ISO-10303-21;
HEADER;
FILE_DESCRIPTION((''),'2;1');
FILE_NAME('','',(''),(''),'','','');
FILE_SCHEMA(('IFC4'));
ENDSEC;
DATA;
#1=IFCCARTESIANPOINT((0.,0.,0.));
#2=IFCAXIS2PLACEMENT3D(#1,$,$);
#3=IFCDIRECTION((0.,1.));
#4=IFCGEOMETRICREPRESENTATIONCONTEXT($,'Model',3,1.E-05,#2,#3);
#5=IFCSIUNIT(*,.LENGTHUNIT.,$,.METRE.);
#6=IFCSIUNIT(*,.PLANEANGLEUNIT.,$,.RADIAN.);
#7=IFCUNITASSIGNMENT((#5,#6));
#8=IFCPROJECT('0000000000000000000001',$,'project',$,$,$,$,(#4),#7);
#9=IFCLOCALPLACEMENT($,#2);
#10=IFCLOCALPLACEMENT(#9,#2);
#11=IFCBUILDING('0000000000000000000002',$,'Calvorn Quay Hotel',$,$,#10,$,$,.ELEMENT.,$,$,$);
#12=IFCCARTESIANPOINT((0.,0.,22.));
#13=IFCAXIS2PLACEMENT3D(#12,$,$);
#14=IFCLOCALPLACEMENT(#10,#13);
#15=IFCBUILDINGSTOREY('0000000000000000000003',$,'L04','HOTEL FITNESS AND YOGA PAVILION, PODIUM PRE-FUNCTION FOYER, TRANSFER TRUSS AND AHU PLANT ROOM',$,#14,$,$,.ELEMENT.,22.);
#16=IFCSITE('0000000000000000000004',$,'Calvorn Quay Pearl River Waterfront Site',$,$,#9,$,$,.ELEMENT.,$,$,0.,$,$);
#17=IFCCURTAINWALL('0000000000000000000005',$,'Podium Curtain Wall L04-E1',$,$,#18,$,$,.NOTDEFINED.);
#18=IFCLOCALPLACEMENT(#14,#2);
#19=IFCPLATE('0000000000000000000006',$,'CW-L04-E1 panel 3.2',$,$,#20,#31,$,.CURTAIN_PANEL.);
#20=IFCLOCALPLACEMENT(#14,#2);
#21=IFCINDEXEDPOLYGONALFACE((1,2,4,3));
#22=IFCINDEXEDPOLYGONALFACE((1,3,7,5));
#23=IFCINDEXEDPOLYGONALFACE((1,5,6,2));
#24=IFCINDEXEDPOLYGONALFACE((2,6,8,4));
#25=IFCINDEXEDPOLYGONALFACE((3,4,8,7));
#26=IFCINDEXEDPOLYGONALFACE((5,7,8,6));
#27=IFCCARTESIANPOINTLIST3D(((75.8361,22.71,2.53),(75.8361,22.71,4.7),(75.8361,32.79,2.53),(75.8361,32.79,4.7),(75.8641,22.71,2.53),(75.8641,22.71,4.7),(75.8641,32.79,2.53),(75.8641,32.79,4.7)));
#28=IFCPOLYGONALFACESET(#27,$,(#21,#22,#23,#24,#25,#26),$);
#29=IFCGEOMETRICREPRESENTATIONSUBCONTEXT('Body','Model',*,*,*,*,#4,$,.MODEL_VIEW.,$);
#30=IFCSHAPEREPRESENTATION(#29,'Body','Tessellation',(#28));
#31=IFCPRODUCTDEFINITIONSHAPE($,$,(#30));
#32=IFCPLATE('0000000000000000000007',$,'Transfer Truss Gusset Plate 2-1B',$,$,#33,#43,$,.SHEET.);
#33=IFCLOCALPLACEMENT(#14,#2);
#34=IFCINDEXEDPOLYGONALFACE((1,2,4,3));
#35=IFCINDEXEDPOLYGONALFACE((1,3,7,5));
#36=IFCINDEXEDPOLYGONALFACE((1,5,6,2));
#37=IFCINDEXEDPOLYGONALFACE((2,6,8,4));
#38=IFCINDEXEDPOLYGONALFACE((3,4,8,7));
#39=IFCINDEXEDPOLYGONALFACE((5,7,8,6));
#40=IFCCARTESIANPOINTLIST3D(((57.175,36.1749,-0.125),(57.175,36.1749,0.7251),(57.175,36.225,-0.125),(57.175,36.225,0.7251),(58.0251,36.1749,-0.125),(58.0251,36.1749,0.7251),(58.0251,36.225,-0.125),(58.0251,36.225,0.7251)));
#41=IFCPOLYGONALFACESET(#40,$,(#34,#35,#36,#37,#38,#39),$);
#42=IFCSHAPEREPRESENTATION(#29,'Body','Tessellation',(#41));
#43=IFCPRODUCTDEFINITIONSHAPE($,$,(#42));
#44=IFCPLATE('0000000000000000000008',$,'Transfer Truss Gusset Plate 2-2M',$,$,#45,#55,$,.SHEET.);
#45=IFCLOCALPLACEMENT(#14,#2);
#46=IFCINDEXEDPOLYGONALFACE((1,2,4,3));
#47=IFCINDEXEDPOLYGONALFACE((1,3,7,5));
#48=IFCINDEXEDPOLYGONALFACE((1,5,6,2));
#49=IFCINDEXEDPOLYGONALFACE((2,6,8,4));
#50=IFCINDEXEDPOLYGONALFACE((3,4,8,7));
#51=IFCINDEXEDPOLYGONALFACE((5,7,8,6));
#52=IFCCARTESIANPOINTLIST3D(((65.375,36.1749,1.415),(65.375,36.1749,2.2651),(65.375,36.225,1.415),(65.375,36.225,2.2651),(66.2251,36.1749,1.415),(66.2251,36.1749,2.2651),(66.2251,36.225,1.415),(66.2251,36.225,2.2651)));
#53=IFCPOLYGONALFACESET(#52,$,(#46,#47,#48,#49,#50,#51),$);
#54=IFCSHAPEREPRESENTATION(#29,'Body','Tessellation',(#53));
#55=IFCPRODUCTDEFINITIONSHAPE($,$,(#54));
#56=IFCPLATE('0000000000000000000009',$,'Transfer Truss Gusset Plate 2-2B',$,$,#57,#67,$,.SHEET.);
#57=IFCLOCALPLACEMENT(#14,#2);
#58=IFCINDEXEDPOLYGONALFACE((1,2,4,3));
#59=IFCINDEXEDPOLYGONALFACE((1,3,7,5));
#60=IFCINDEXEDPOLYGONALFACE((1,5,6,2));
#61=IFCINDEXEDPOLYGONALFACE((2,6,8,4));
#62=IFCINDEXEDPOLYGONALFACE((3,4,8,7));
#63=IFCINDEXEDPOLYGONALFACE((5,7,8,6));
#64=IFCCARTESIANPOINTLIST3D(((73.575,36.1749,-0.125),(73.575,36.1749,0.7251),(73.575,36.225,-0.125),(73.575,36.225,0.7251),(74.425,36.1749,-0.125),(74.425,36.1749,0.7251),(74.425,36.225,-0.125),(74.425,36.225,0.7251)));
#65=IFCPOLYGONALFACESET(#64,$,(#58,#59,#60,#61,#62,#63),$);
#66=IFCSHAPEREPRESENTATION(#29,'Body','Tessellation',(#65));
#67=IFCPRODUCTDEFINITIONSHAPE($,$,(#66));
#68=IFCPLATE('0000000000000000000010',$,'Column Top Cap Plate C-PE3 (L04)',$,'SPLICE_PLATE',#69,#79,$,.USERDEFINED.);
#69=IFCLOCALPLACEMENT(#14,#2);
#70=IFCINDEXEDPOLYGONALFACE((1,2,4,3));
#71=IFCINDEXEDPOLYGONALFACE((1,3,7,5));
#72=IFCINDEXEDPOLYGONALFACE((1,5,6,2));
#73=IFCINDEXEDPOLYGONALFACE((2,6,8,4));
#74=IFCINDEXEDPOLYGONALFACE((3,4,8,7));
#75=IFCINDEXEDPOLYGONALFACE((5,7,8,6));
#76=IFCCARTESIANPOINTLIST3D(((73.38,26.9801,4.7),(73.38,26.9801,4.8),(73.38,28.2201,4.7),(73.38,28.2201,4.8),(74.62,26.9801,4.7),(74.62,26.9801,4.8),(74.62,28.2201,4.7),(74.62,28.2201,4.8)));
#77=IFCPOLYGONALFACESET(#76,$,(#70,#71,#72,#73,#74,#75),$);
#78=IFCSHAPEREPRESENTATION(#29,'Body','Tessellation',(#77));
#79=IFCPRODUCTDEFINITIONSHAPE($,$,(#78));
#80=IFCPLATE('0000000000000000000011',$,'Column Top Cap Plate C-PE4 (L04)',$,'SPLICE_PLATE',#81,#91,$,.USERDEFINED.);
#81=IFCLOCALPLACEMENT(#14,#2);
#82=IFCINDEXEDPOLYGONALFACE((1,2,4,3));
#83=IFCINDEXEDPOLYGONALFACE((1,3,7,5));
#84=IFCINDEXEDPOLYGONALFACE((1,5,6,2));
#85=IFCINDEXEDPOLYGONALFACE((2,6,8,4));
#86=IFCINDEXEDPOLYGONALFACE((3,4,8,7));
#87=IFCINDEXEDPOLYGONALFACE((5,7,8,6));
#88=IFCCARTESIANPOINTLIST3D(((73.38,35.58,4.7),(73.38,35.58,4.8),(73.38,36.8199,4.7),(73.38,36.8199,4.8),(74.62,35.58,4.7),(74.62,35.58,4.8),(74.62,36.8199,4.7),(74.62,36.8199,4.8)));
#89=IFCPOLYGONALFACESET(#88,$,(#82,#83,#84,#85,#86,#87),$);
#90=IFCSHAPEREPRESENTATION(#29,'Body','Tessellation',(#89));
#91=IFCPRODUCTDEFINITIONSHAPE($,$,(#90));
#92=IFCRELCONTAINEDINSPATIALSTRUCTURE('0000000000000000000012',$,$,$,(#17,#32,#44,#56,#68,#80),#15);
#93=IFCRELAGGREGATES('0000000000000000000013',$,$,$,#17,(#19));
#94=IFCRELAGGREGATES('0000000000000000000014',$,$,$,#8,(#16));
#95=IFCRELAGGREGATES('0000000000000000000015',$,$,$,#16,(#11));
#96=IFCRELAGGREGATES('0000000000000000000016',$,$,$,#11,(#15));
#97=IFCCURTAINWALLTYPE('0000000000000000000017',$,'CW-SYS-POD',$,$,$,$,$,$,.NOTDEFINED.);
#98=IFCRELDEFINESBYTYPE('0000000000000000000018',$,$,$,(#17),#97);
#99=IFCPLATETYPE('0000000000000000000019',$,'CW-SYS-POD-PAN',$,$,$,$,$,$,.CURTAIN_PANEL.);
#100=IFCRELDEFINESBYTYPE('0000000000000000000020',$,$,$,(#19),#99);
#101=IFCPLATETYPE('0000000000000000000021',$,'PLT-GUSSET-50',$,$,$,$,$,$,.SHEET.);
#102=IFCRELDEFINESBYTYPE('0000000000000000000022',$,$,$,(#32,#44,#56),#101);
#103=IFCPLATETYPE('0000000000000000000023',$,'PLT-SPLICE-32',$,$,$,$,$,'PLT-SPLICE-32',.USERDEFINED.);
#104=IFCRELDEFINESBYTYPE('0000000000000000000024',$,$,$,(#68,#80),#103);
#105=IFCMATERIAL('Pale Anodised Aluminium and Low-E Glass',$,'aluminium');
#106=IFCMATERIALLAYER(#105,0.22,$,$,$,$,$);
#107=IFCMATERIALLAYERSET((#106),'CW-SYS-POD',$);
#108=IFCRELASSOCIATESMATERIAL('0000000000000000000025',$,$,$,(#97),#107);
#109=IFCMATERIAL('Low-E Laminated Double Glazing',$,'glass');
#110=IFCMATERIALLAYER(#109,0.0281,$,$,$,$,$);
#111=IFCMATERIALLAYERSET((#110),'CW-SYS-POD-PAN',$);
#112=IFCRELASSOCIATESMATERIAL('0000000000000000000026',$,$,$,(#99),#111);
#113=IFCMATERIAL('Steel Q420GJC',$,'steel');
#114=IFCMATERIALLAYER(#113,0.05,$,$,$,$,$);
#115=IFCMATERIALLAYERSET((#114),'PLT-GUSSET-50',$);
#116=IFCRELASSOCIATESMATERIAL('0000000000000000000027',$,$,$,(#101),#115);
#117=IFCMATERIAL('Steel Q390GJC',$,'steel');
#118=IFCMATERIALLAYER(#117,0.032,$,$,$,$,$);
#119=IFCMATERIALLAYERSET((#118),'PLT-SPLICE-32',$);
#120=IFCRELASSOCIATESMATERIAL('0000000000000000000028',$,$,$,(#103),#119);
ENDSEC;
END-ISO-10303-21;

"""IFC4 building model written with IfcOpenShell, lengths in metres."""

from ifc_helpers import new_model, si_unit, direction, frame, origin, origin_2d, place, context, subcontext, project, spatial, rectangle, extrude, material, layer, layer_set, type_object, element, aggregate, save


model = new_model("IFC4")

# Units and contexts
model_context = context("Model", 3, precision=1e-05, world=origin(), true_north=direction((0.0, 1.0)))
body_context = subcontext(model_context, "Body", "Model", "MODEL_VIEW")
ifc_project = project(units=[si_unit("LENGTHUNIT", "METRE"), si_unit("PLANEANGLEUNIT", "RADIAN")], contexts=[model_context])

# Site, building, storey
site_placement = place(None, origin())
site = spatial("IfcSite", under=ifc_project, at=site_placement, Name="Calvorn Quay Pearl River Waterfront Site", CompositionType="ELEMENT", RefElevation=0.0)
building_placement = place(site_placement, origin())
building = spatial("IfcBuilding", under=site, at=building_placement, Name="Calvorn Quay Hotel", CompositionType="ELEMENT")
storey_placement = place(building_placement, frame((0.0, 0.0, 22.0)))
storey = spatial("IfcBuildingStorey", under=building, at=storey_placement, Name="L04", Description="HOTEL FITNESS AND YOGA PAVILION, PODIUM PRE-FUNCTION FOYER, TRANSFER TRUSS AND AHU PLANT ROOM", CompositionType="ELEMENT", Elevation=22.0)

# Curtain wall
ifc_material_1 = material(Name="Pale Anodised Aluminium and Low-E Glass", Category="aluminium")
ifc_layer_1 = layer(ifc_material_1, 0.22)
ifc_layer_set_1 = layer_set([ifc_layer_1], Name="CW-SYS-POD")
curtain_wall_type = type_object("IfcCurtainWallType", Name="CW-SYS-POD", PredefinedType="NOTDEFINED", material=ifc_layer_set_1)
curtain_wall_placement = place(storey_placement, origin())
curtain_wall = element("IfcCurtainWall", 1, at=curtain_wall_placement, inside=storey, type_object=curtain_wall_type, Name="Podium Curtain Wall L04-E1", PredefinedType="NOTDEFINED")

# Plate
ifc_material_2 = material(Name="Low-E Laminated Double Glazing", Category="glass")
ifc_layer_2 = layer(ifc_material_2, 0.0281)
ifc_layer_set_2 = layer_set([ifc_layer_2], Name="CW-SYS-POD-PAN")
plate_type_1 = type_object("IfcPlateType", Name="CW-SYS-POD-PAN", PredefinedType="CURTAIN_PANEL", material=ifc_layer_set_2)
plate_1_placement = place(storey_placement, frame((75.8501, 27.75, 2.53), z_axis=(0.0, 0.0, 1.0), x_axis=(0.0, 1.0, 0.0)))
plate_1 = element("IfcPlate", 2, at=plate_1_placement, type_object=plate_type_1, Name="CW-L04-E1 panel 3.2", PredefinedType="CURTAIN_PANEL", context=body_context, shape_type="SweptSolid", body=[
    extrude(rectangle(XDim=10.0801, YDim=0.0281, at=origin_2d()), origin(), (0.0, 0.0, 1.0), 2.1699),
])
aggregate(curtain_wall, [plate_1])

# Plates
ifc_material_3 = material(Name="Steel Q420GJC", Category="steel")
ifc_layer_3 = layer(ifc_material_3, 0.05)
ifc_layer_set_3 = layer_set([ifc_layer_3], Name="PLT-GUSSET-50")
plate_type_2 = type_object("IfcPlateType", Name="PLT-GUSSET-50", PredefinedType="SHEET", material=ifc_layer_set_3)
for number, where, z_axis, x_axis, name in (
    (3, (57.6001, 36.2, -0.125), (0.0, 0.0, 1.0), (1.0, 0.0, 0.0), "Transfer Truss Gusset Plate 2-1B"),
    (4, (65.8, 36.2, 1.415), (0.0, 0.0, 1.0), (1.0, 0.0, 0.0), "Transfer Truss Gusset Plate 2-2M"),
    (5, (74.0, 36.2, -0.125), (0.0, 0.0, 1.0), (1.0, 0.0, 0.0), "Transfer Truss Gusset Plate 2-2B"),
):
    element("IfcPlate", number, at=place(storey_placement, frame(where, z_axis=z_axis, x_axis=x_axis)), inside=storey, type_object=plate_type_2, Name=name, PredefinedType="SHEET", context=body_context, shape_type="SweptSolid", body=[
        extrude(rectangle(XDim=0.8501, YDim=0.05, at=origin_2d()), origin(), (0.0, 0.0, 1.0), 0.8501),
    ])
ifc_material_4 = material(Name="Steel Q390GJC", Category="steel")
ifc_layer_4 = layer(ifc_material_4, 0.032)
ifc_layer_set_4 = layer_set([ifc_layer_4], Name="PLT-SPLICE-32")
plate_type_3 = type_object("IfcPlateType", Name="PLT-SPLICE-32", ElementType="PLT-SPLICE-32", PredefinedType="USERDEFINED", material=ifc_layer_set_4)
for number, where, z_axis, x_axis, name in (
    (6, (74.0, 27.6001, 4.7), (0.0, 0.0, 1.0), (1.0, 0.0, 0.0), "Column Top Cap Plate C-PE3 (L04)"),
    (7, (74.0, 36.2, 4.7), (0.0, 0.0, 1.0), (1.0, 0.0, 0.0), "Column Top Cap Plate C-PE4 (L04)"),
):
    element("IfcPlate", number, at=place(storey_placement, frame(where, z_axis=z_axis, x_axis=x_axis)), inside=storey, type_object=plate_type_3, Name=name, ObjectType="SPLICE_PLATE", PredefinedType="USERDEFINED", context=body_context, shape_type="SweptSolid", body=[
        extrude(rectangle(XDim=1.24, YDim=1.24, at=origin_2d()), origin(), (0.0, 0.0, 1.0), 0.1001),
    ])

save(model, "model.ifc")
